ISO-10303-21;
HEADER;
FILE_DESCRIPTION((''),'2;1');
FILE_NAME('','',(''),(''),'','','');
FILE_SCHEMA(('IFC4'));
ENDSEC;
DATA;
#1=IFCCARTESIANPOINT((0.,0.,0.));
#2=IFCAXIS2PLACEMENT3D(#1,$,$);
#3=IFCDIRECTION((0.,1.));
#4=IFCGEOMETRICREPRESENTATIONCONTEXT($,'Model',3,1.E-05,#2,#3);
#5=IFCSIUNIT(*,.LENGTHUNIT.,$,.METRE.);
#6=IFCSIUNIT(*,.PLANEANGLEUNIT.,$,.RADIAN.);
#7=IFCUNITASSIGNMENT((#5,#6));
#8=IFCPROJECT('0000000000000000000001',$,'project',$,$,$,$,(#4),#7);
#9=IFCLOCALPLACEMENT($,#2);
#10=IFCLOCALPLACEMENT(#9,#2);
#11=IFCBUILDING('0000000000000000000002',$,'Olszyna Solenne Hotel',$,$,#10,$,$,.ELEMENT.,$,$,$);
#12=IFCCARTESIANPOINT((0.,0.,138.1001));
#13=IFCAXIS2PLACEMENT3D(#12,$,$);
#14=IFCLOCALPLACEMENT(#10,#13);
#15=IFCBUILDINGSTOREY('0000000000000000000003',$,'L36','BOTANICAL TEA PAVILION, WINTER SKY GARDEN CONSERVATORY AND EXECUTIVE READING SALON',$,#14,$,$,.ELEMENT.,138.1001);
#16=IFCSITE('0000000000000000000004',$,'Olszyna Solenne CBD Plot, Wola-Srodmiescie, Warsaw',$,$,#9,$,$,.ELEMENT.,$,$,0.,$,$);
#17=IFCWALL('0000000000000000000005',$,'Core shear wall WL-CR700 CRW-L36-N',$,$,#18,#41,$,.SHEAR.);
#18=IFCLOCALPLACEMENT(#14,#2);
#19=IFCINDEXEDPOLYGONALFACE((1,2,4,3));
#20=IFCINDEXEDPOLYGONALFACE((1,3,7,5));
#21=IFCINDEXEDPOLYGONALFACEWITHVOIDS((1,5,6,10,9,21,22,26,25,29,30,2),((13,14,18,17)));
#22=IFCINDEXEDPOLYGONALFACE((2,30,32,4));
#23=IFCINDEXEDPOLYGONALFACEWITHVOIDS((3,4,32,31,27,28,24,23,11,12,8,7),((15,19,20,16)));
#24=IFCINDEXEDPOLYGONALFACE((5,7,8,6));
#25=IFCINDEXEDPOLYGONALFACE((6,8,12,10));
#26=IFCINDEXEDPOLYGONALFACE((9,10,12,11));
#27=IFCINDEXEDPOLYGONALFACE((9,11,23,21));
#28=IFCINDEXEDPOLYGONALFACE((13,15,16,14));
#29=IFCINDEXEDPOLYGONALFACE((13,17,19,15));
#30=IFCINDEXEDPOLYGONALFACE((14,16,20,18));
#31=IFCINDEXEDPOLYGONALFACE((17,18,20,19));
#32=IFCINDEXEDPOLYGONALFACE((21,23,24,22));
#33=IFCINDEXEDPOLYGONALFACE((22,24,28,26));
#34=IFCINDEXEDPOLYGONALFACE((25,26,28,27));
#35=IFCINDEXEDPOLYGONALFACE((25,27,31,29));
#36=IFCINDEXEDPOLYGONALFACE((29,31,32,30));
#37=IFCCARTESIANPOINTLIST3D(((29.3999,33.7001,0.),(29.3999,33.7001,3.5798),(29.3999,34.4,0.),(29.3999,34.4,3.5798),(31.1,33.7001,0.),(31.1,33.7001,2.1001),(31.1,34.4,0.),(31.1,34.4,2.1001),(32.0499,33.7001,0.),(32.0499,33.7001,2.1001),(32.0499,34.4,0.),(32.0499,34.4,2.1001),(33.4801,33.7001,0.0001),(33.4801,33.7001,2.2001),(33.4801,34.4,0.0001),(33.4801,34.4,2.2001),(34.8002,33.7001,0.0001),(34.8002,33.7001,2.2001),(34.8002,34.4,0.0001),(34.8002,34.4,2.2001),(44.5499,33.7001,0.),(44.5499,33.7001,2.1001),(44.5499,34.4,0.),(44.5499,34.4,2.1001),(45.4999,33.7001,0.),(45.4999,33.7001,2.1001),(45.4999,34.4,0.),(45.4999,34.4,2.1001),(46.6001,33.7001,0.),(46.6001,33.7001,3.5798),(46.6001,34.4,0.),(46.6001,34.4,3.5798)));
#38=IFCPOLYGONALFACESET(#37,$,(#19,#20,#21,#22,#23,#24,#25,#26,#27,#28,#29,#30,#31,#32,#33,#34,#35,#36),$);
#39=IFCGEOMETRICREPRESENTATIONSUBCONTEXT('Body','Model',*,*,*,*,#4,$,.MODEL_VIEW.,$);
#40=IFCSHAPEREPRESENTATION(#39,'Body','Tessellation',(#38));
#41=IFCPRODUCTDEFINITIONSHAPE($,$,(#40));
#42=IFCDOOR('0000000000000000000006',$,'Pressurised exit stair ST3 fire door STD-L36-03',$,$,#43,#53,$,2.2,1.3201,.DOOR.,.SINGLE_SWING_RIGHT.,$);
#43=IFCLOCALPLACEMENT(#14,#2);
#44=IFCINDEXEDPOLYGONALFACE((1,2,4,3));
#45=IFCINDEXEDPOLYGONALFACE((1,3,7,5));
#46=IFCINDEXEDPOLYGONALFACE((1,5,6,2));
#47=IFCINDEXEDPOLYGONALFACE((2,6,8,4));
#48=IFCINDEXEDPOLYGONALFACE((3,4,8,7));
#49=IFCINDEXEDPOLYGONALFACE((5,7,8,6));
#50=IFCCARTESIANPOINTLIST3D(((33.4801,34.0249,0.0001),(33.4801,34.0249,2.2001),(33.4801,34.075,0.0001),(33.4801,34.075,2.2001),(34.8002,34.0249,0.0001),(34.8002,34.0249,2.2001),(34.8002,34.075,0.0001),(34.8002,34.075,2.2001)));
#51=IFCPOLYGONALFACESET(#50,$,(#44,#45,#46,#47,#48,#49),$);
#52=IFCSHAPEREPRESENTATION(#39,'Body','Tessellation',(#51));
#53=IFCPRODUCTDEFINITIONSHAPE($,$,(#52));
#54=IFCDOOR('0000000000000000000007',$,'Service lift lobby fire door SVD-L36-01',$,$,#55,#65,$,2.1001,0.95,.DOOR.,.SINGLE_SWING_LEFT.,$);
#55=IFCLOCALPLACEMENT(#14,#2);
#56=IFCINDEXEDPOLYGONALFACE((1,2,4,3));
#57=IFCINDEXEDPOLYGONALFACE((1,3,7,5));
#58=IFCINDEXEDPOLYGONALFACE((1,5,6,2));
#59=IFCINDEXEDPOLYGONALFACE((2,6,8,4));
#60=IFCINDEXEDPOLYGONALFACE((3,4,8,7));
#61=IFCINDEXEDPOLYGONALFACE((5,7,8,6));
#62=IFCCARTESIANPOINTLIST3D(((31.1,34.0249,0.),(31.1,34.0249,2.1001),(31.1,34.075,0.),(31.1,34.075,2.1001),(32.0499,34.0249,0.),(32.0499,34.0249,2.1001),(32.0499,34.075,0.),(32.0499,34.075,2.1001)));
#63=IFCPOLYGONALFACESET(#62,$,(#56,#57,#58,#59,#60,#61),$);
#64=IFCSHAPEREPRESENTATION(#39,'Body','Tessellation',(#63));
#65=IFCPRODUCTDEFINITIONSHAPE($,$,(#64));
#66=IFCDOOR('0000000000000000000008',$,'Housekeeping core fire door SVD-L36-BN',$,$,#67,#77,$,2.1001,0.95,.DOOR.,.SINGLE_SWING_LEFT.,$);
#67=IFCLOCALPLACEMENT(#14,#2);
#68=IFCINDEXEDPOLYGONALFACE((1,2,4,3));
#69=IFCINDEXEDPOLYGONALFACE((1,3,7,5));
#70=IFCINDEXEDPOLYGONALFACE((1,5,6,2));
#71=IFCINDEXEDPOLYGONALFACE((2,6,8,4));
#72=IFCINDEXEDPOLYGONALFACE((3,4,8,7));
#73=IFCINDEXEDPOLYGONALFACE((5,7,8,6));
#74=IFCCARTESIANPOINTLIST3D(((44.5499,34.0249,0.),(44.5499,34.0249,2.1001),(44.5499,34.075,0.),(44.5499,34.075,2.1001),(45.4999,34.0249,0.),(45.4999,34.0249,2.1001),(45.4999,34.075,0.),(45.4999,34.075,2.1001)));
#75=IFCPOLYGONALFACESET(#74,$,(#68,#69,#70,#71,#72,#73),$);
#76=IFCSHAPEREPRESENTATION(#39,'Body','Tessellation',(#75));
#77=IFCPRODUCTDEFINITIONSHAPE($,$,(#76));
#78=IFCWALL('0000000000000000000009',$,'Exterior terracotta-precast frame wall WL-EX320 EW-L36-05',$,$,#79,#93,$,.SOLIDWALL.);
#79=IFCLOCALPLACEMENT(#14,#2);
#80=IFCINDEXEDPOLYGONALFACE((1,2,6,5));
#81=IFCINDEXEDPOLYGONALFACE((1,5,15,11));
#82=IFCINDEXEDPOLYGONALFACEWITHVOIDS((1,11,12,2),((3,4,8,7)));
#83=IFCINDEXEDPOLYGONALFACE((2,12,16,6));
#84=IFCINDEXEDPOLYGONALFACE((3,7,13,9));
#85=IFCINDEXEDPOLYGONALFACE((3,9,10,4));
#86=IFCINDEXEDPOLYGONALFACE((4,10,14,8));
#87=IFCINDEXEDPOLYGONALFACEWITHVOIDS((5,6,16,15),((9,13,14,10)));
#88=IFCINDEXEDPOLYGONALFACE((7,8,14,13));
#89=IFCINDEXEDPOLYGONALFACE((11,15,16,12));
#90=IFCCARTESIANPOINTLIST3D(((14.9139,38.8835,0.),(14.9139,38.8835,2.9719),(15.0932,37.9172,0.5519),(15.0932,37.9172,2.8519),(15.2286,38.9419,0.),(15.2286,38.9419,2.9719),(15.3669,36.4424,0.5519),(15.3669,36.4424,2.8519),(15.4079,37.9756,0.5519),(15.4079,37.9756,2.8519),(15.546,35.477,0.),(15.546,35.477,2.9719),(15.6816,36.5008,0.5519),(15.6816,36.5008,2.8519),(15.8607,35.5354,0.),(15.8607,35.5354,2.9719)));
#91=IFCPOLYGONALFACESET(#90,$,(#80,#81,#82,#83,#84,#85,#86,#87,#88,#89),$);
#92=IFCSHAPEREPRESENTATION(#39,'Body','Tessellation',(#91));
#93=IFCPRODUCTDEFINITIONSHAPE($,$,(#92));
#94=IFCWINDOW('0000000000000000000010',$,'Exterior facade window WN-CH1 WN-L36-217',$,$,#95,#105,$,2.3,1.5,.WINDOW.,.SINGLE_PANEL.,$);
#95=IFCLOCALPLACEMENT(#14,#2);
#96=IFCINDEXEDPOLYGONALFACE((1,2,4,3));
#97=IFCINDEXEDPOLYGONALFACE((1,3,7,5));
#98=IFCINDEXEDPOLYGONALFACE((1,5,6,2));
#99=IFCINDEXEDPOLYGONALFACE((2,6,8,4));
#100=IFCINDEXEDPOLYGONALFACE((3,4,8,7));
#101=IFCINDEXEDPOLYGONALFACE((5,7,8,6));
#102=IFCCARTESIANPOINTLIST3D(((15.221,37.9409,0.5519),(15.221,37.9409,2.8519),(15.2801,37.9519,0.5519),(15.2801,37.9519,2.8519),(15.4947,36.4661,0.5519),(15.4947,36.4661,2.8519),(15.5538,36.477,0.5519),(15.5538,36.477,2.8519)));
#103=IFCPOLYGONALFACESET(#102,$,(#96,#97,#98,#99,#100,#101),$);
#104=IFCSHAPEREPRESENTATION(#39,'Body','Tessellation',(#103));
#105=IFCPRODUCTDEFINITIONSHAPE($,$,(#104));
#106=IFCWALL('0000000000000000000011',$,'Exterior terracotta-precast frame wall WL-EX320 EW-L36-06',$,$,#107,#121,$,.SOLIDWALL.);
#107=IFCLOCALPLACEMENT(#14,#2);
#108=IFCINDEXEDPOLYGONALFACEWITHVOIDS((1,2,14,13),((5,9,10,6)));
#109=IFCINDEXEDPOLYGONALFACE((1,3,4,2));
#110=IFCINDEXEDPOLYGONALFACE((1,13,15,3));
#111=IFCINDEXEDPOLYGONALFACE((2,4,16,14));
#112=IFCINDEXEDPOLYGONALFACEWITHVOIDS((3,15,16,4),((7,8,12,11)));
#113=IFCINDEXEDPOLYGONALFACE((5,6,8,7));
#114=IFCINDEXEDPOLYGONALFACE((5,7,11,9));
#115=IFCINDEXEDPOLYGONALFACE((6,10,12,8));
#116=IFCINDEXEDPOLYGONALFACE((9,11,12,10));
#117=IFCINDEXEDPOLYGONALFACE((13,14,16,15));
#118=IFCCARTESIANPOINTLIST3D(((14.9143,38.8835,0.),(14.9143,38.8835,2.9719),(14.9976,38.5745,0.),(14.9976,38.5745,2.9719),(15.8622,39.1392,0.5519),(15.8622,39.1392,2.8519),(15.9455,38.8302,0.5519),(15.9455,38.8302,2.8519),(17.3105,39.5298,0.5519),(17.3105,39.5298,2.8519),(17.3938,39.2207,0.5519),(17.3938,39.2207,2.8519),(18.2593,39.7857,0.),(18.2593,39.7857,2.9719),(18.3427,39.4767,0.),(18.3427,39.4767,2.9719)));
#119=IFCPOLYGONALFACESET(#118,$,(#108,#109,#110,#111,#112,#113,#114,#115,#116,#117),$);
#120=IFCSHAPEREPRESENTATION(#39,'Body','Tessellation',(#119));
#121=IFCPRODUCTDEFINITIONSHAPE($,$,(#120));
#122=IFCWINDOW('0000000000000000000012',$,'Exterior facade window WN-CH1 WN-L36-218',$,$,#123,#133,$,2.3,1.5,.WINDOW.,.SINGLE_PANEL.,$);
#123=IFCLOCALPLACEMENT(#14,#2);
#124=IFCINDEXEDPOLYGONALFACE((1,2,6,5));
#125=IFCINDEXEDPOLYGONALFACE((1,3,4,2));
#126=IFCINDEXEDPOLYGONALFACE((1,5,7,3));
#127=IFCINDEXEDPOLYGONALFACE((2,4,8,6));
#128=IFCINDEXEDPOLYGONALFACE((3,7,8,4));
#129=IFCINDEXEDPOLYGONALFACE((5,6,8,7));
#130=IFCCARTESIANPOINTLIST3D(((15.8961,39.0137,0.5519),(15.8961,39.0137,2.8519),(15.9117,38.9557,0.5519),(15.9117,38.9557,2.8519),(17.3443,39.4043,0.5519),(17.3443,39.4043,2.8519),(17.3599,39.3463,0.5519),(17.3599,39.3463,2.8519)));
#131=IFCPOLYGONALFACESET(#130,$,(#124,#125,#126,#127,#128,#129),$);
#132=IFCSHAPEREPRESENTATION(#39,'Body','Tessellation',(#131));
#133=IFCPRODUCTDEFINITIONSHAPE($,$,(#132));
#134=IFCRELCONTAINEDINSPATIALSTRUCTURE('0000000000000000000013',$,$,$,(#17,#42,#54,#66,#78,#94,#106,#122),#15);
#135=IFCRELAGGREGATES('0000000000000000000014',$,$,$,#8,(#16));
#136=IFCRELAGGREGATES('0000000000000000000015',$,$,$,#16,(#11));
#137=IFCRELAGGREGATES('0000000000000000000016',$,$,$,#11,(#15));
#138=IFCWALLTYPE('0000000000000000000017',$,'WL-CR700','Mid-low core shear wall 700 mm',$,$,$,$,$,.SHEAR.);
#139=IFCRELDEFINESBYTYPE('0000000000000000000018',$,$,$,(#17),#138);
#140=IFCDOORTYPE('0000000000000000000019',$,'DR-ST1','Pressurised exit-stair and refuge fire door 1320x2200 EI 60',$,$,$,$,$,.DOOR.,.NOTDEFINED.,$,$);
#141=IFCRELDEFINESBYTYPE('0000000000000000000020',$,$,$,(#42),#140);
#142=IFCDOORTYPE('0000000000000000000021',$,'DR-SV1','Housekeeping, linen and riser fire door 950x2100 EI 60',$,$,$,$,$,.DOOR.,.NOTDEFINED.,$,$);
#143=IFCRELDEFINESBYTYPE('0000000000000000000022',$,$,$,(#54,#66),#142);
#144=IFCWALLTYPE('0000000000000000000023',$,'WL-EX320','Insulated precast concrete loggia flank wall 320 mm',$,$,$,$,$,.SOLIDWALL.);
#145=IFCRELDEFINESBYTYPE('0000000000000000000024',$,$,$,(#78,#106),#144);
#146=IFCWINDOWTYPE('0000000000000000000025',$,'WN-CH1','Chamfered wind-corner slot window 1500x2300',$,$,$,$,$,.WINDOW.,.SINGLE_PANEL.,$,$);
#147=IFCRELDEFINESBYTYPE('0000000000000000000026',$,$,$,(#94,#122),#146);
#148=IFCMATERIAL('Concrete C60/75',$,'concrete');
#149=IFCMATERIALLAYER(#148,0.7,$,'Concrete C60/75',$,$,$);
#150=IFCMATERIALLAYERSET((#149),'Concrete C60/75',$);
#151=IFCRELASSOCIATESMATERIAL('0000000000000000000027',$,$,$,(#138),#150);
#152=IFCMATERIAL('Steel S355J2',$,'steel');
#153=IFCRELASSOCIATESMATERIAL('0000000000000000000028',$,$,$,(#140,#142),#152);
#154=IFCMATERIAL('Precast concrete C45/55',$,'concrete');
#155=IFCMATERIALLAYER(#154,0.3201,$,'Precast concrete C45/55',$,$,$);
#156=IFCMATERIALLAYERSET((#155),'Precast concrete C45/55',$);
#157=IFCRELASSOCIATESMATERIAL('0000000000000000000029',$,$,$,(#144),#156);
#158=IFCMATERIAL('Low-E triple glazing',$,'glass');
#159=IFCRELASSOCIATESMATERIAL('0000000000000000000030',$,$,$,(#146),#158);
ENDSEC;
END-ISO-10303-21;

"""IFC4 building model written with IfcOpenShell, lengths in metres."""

from ifc_helpers import new_model, si_unit, direction, frame, frame_2d, origin, place, context, subcontext, project, spatial, rectangle, extrude, source, transform, mapped, material, layer, layer_set, type_object, type_shapes, element, fill, save


model = new_model("IFC4")

# Units and contexts
model_context = context("Model", 3, precision=1e-05, world=origin(), true_north=direction((0.0, 1.0)))
body_context = subcontext(model_context, "Body", "Model", "MODEL_VIEW")
ifc_project = project(units=[si_unit("LENGTHUNIT", "METRE"), si_unit("PLANEANGLEUNIT", "RADIAN")], contexts=[model_context])

# Site, building, storey
site_placement = place(None, origin())
site = spatial("IfcSite", under=ifc_project, at=site_placement, Name="Olszyna Solenne CBD Plot, Wola-Srodmiescie, Warsaw", CompositionType="ELEMENT", RefElevation=0.0)
building_placement = place(site_placement, origin())
building = spatial("IfcBuilding", under=site, at=building_placement, Name="Olszyna Solenne Hotel", CompositionType="ELEMENT")
storey_placement = place(building_placement, frame((0.0, 0.0, 138.1001)))
storey = spatial("IfcBuildingStorey", under=building, at=storey_placement, Name="L36", Description="BOTANICAL TEA PAVILION, WINTER SKY GARDEN CONSERVATORY AND EXECUTIVE READING SALON", CompositionType="ELEMENT", Elevation=138.1001)

# Shared definitions
ifc_material_1 = material(Name="Steel S355J2", Category="steel")

# Wall, openings, doors
ifc_material_2 = material(Name="Concrete C60/75", Category="concrete")
ifc_layer_1 = layer(ifc_material_2, 0.7, Name="Concrete C60/75")
ifc_layer_set_1 = layer_set([ifc_layer_1], Name="Concrete C60/75")
wall_type_1 = type_object("IfcWallType", Name="WL-CR700", Description="Mid-low core shear wall 700 mm", PredefinedType="SHEAR", material=ifc_layer_set_1)
wall_1_placement = place(storey_placement, frame((29.3999, 34.05, 0.0), z_axis=(0.0, 0.0, 1.0), x_axis=(1.0, 0.0, 0.0)))
wall_1 = element("IfcWall", 1, at=wall_1_placement, inside=storey, type_object=wall_type_1, Name="Core shear wall WL-CR700 CRW-L36-N", PredefinedType="SHEAR", context=body_context, shape_type="SweptSolid", body=[
    extrude(rectangle(XDim=17.2002, YDim=0.7, at=frame_2d((8.6001, 0.0))), origin(), (0.0, 0.0, 1.0), 3.5798),
])
opening_1_placement = place(wall_1_placement, frame((1.7, 0.0, 0.0)))
opening_1 = element("IfcOpeningElement", 2, at=opening_1_placement, cuts=wall_1, PredefinedType="OPENING", context=body_context, shape_type="SweptSolid", body=[
    extrude(rectangle(XDim=0.95, YDim=2.1001, at=frame_2d((0.4751, 1.05))), frame((0.0, 0.3599, 0.0), z_axis=(0.0, -1.0, 0.0), x_axis=(1.0, 0.0, 0.0)), (0.0, 0.0, 1.0), 0.72),
])
opening_2_placement = place(wall_1_placement, frame((4.0801, 0.0, 0.0)))
opening_2 = element("IfcOpeningElement", 3, at=opening_2_placement, cuts=wall_1, PredefinedType="OPENING", context=body_context, shape_type="SweptSolid", body=[
    extrude(rectangle(XDim=1.3201, YDim=2.2, at=frame_2d((0.6602, 1.1001))), frame((0.0, 0.3599, 0.0), z_axis=(0.0, -1.0, 0.0), x_axis=(1.0, 0.0, 0.0)), (0.0, 0.0, 1.0), 0.72),
])
opening_3_placement = place(wall_1_placement, frame((15.1499, 0.0, 0.0)))
opening_3 = element("IfcOpeningElement", 4, at=opening_3_placement, cuts=wall_1, PredefinedType="OPENING", context=body_context, shape_type="SweptSolid", body=[
    extrude(rectangle(XDim=0.95, YDim=2.1001, at=frame_2d((0.4751, 1.05))), frame((0.0, 0.3599, 0.0), z_axis=(0.0, -1.0, 0.0), x_axis=(1.0, 0.0, 0.0)), (0.0, 0.0, 1.0), 0.72),
])
door_type_1 = type_object("IfcDoorType", Name="DR-ST1", Description="Pressurised exit-stair and refuge fire door 1320x2200 EI 60", OperationType="NOTDEFINED", PredefinedType="DOOR", material=ifc_material_1)
shared_shape_1 = source(origin(), body_context, "Body", "SweptSolid", [
    extrude(rectangle(XDim=1.3201, YDim=2.2, at=frame_2d((0.6602, 1.1001))), frame((0.0, 0.0249, 0.0), z_axis=(0.0, -1.0, 0.0), x_axis=(1.0, 0.0, 0.0)), (0.0, 0.0, 1.0), 0.05),
])
type_shapes(door_type_1, [shared_shape_1])
door_1_placement = place(opening_2_placement, origin())
door_1 = element("IfcDoor", 5, at=door_1_placement, inside=storey, type_object=door_type_1, Name="Pressurised exit stair ST3 fire door STD-L36-03", OperationType="SINGLE_SWING_RIGHT", OverallHeight=2.2, OverallWidth=1.3201, PredefinedType="DOOR", context=body_context, shape_type="MappedRepresentation", body=[
    mapped(shared_shape_1, transform((0.0, 0.0, 0.0), x_axis=(1.0, 0.0, 0.0), y_axis=(0.0, 1.0, 0.0), z_axis=(0.0, 0.0, 1.0), scale=1.0)),
])
fill(opening_2, door_1)
door_type_2 = type_object("IfcDoorType", Name="DR-SV1", Description="Housekeeping, linen and riser fire door 950x2100 EI 60", OperationType="NOTDEFINED", PredefinedType="DOOR", material=ifc_material_1)
shared_shape_2 = source(origin(), body_context, "Body", "SweptSolid", [
    extrude(rectangle(XDim=0.95, YDim=2.1001, at=frame_2d((0.4751, 1.05))), frame((0.0, 0.0249, 0.0), z_axis=(0.0, -1.0, 0.0), x_axis=(1.0, 0.0, 0.0)), (0.0, 0.0, 1.0), 0.05),
])
type_shapes(door_type_2, [shared_shape_2])
door_2_placement = place(opening_1_placement, origin())
door_2 = element("IfcDoor", 6, at=door_2_placement, inside=storey, type_object=door_type_2, Name="Service lift lobby fire door SVD-L36-01", OperationType="SINGLE_SWING_LEFT", OverallHeight=2.1001, OverallWidth=0.95, PredefinedType="DOOR", context=body_context, shape_type="MappedRepresentation", body=[
    mapped(shared_shape_2, transform((0.0, 0.0, 0.0), x_axis=(1.0, 0.0, 0.0), y_axis=(0.0, 1.0, 0.0), z_axis=(0.0, 0.0, 1.0), scale=1.0)),
])
fill(opening_1, door_2)
door_3_placement = place(opening_3_placement, origin())
door_3 = element("IfcDoor", 7, at=door_3_placement, inside=storey, type_object=door_type_2, Name="Housekeeping core fire door SVD-L36-BN", OperationType="SINGLE_SWING_LEFT", OverallHeight=2.1001, OverallWidth=0.95, PredefinedType="DOOR", context=body_context, shape_type="MappedRepresentation", body=[
    mapped(shared_shape_2, transform((0.0, 0.0, 0.0), x_axis=(1.0, 0.0, 0.0), y_axis=(0.0, 1.0, 0.0), z_axis=(0.0, 0.0, 1.0), scale=1.0)),
])
fill(opening_3, door_3)

# Walls, openings, windows
ifc_material_3 = material(Name="Precast concrete C45/55", Category="concrete")
ifc_layer_2 = layer(ifc_material_3, 0.3201, Name="Precast concrete C45/55")
ifc_layer_set_2 = layer_set([ifc_layer_2], Name="Precast concrete C45/55")
wall_type_2 = type_object("IfcWallType", Name="WL-EX320", Description="Insulated precast concrete loggia flank wall 320 mm", PredefinedType="SOLIDWALL", material=ifc_layer_set_2)
wall_2_placement = place(storey_placement, frame((15.7034, 35.5061, 0.0), z_axis=(0.0, 0.0, 1.0), x_axis=(-0.182437, 0.983217, 0.0)))
wall_2 = element("IfcWall", 8, at=wall_2_placement, inside=storey, type_object=wall_type_2, Name="Exterior terracotta-precast frame wall WL-EX320 EW-L36-05", PredefinedType="SOLIDWALL", context=body_context, shape_type="SweptSolid", body=[
    extrude(rectangle(XDim=3.4646, YDim=0.3201, at=frame_2d((1.7324, 0.0))), origin(), (0.0, 0.0, 1.0), 2.9719),
])
opening_4_placement = place(wall_2_placement, frame((0.9819, 0.0, 0.552)))
opening_4 = element("IfcOpeningElement", 9, at=opening_4_placement, cuts=wall_2, PredefinedType="OPENING", context=body_context, shape_type="SweptSolid", body=[
    extrude(rectangle(XDim=1.5, YDim=2.3, at=frame_2d((0.75, 1.1499))), frame((0.0, 0.1699, 0.0), z_axis=(0.0, -1.0, 0.0), x_axis=(1.0, 0.0, 0.0)), (0.0, 0.0, 1.0), 0.3401),
])
ifc_material_4 = material(Name="Low-E triple glazing", Category="glass")
window_type_1 = type_object("IfcWindowType", Name="WN-CH1", Description="Chamfered wind-corner slot window 1500x2300", PartitioningType="SINGLE_PANEL", PredefinedType="WINDOW", material=ifc_material_4)
shared_shape_3 = source(origin(), body_context, "Body", "SweptSolid", [
    extrude(rectangle(XDim=1.5, YDim=2.3, at=frame_2d((0.75, 1.1499))), frame((0.0, 0.03, 0.0), z_axis=(0.0, -1.0, 0.0), x_axis=(1.0, 0.0, 0.0)), (0.0, 0.0, 1.0), 0.0601),
])
type_shapes(window_type_1, [shared_shape_3])
window_1_placement = place(opening_4_placement, origin())
window_1 = element("IfcWindow", 10, at=window_1_placement, inside=storey, type_object=window_type_1, Name="Exterior facade window WN-CH1 WN-L36-217", OverallHeight=2.3, OverallWidth=1.5, PartitioningType="SINGLE_PANEL", PredefinedType="WINDOW", context=body_context, shape_type="MappedRepresentation", body=[
    mapped(shared_shape_3, transform((0.0, 0.0, 0.0), x_axis=(1.0, 0.0, 0.0), y_axis=(0.0, 1.0, 0.0), z_axis=(0.0, 0.0, 1.0), scale=1.0)),
])
fill(opening_4, window_1)
wall_3_placement = place(storey_placement, frame((14.9558, 38.729, 0.0), z_axis=(0.0, 0.0, 1.0), x_axis=(0.965505, 0.260385, 0.0)))
wall_3 = element("IfcWall", 11, at=wall_3_placement, inside=storey, type_object=wall_type_2, Name="Exterior terracotta-precast frame wall WL-EX320 EW-L36-06", PredefinedType="SOLIDWALL", context=body_context, shape_type="SweptSolid", body=[
    extrude(rectangle(XDim=3.4646, YDim=0.3201, at=frame_2d((1.7324, 0.0))), origin(), (0.0, 0.0, 1.0), 2.9719),
])
opening_5_placement = place(wall_3_placement, frame((0.9819, 0.0, 0.552)))
opening_5 = element("IfcOpeningElement", 12, at=opening_5_placement, cuts=wall_3, PredefinedType="OPENING", context=body_context, shape_type="SweptSolid", body=[
    extrude(rectangle(XDim=1.5, YDim=2.3, at=frame_2d((0.75, 1.1499))), frame((0.0, 0.1699, 0.0), z_axis=(0.0, -1.0, 0.0), x_axis=(1.0, 0.0, 0.0)), (0.0, 0.0, 1.0), 0.3401),
])
window_2_placement = place(opening_5_placement, origin())
window_2 = element("IfcWindow", 13, at=window_2_placement, inside=storey, type_object=window_type_1, Name="Exterior facade window WN-CH1 WN-L36-218", OverallHeight=2.3, OverallWidth=1.5, PartitioningType="SINGLE_PANEL", PredefinedType="WINDOW", context=body_context, shape_type="MappedRepresentation", body=[
    mapped(shared_shape_3, transform((0.0, 0.0, 0.0), x_axis=(1.0, 0.0, 0.0), y_axis=(0.0, 1.0, 0.0), z_axis=(0.0, 0.0, 1.0), scale=1.0)),
])
fill(opening_5, window_2)

save(model, "model.ifc")
